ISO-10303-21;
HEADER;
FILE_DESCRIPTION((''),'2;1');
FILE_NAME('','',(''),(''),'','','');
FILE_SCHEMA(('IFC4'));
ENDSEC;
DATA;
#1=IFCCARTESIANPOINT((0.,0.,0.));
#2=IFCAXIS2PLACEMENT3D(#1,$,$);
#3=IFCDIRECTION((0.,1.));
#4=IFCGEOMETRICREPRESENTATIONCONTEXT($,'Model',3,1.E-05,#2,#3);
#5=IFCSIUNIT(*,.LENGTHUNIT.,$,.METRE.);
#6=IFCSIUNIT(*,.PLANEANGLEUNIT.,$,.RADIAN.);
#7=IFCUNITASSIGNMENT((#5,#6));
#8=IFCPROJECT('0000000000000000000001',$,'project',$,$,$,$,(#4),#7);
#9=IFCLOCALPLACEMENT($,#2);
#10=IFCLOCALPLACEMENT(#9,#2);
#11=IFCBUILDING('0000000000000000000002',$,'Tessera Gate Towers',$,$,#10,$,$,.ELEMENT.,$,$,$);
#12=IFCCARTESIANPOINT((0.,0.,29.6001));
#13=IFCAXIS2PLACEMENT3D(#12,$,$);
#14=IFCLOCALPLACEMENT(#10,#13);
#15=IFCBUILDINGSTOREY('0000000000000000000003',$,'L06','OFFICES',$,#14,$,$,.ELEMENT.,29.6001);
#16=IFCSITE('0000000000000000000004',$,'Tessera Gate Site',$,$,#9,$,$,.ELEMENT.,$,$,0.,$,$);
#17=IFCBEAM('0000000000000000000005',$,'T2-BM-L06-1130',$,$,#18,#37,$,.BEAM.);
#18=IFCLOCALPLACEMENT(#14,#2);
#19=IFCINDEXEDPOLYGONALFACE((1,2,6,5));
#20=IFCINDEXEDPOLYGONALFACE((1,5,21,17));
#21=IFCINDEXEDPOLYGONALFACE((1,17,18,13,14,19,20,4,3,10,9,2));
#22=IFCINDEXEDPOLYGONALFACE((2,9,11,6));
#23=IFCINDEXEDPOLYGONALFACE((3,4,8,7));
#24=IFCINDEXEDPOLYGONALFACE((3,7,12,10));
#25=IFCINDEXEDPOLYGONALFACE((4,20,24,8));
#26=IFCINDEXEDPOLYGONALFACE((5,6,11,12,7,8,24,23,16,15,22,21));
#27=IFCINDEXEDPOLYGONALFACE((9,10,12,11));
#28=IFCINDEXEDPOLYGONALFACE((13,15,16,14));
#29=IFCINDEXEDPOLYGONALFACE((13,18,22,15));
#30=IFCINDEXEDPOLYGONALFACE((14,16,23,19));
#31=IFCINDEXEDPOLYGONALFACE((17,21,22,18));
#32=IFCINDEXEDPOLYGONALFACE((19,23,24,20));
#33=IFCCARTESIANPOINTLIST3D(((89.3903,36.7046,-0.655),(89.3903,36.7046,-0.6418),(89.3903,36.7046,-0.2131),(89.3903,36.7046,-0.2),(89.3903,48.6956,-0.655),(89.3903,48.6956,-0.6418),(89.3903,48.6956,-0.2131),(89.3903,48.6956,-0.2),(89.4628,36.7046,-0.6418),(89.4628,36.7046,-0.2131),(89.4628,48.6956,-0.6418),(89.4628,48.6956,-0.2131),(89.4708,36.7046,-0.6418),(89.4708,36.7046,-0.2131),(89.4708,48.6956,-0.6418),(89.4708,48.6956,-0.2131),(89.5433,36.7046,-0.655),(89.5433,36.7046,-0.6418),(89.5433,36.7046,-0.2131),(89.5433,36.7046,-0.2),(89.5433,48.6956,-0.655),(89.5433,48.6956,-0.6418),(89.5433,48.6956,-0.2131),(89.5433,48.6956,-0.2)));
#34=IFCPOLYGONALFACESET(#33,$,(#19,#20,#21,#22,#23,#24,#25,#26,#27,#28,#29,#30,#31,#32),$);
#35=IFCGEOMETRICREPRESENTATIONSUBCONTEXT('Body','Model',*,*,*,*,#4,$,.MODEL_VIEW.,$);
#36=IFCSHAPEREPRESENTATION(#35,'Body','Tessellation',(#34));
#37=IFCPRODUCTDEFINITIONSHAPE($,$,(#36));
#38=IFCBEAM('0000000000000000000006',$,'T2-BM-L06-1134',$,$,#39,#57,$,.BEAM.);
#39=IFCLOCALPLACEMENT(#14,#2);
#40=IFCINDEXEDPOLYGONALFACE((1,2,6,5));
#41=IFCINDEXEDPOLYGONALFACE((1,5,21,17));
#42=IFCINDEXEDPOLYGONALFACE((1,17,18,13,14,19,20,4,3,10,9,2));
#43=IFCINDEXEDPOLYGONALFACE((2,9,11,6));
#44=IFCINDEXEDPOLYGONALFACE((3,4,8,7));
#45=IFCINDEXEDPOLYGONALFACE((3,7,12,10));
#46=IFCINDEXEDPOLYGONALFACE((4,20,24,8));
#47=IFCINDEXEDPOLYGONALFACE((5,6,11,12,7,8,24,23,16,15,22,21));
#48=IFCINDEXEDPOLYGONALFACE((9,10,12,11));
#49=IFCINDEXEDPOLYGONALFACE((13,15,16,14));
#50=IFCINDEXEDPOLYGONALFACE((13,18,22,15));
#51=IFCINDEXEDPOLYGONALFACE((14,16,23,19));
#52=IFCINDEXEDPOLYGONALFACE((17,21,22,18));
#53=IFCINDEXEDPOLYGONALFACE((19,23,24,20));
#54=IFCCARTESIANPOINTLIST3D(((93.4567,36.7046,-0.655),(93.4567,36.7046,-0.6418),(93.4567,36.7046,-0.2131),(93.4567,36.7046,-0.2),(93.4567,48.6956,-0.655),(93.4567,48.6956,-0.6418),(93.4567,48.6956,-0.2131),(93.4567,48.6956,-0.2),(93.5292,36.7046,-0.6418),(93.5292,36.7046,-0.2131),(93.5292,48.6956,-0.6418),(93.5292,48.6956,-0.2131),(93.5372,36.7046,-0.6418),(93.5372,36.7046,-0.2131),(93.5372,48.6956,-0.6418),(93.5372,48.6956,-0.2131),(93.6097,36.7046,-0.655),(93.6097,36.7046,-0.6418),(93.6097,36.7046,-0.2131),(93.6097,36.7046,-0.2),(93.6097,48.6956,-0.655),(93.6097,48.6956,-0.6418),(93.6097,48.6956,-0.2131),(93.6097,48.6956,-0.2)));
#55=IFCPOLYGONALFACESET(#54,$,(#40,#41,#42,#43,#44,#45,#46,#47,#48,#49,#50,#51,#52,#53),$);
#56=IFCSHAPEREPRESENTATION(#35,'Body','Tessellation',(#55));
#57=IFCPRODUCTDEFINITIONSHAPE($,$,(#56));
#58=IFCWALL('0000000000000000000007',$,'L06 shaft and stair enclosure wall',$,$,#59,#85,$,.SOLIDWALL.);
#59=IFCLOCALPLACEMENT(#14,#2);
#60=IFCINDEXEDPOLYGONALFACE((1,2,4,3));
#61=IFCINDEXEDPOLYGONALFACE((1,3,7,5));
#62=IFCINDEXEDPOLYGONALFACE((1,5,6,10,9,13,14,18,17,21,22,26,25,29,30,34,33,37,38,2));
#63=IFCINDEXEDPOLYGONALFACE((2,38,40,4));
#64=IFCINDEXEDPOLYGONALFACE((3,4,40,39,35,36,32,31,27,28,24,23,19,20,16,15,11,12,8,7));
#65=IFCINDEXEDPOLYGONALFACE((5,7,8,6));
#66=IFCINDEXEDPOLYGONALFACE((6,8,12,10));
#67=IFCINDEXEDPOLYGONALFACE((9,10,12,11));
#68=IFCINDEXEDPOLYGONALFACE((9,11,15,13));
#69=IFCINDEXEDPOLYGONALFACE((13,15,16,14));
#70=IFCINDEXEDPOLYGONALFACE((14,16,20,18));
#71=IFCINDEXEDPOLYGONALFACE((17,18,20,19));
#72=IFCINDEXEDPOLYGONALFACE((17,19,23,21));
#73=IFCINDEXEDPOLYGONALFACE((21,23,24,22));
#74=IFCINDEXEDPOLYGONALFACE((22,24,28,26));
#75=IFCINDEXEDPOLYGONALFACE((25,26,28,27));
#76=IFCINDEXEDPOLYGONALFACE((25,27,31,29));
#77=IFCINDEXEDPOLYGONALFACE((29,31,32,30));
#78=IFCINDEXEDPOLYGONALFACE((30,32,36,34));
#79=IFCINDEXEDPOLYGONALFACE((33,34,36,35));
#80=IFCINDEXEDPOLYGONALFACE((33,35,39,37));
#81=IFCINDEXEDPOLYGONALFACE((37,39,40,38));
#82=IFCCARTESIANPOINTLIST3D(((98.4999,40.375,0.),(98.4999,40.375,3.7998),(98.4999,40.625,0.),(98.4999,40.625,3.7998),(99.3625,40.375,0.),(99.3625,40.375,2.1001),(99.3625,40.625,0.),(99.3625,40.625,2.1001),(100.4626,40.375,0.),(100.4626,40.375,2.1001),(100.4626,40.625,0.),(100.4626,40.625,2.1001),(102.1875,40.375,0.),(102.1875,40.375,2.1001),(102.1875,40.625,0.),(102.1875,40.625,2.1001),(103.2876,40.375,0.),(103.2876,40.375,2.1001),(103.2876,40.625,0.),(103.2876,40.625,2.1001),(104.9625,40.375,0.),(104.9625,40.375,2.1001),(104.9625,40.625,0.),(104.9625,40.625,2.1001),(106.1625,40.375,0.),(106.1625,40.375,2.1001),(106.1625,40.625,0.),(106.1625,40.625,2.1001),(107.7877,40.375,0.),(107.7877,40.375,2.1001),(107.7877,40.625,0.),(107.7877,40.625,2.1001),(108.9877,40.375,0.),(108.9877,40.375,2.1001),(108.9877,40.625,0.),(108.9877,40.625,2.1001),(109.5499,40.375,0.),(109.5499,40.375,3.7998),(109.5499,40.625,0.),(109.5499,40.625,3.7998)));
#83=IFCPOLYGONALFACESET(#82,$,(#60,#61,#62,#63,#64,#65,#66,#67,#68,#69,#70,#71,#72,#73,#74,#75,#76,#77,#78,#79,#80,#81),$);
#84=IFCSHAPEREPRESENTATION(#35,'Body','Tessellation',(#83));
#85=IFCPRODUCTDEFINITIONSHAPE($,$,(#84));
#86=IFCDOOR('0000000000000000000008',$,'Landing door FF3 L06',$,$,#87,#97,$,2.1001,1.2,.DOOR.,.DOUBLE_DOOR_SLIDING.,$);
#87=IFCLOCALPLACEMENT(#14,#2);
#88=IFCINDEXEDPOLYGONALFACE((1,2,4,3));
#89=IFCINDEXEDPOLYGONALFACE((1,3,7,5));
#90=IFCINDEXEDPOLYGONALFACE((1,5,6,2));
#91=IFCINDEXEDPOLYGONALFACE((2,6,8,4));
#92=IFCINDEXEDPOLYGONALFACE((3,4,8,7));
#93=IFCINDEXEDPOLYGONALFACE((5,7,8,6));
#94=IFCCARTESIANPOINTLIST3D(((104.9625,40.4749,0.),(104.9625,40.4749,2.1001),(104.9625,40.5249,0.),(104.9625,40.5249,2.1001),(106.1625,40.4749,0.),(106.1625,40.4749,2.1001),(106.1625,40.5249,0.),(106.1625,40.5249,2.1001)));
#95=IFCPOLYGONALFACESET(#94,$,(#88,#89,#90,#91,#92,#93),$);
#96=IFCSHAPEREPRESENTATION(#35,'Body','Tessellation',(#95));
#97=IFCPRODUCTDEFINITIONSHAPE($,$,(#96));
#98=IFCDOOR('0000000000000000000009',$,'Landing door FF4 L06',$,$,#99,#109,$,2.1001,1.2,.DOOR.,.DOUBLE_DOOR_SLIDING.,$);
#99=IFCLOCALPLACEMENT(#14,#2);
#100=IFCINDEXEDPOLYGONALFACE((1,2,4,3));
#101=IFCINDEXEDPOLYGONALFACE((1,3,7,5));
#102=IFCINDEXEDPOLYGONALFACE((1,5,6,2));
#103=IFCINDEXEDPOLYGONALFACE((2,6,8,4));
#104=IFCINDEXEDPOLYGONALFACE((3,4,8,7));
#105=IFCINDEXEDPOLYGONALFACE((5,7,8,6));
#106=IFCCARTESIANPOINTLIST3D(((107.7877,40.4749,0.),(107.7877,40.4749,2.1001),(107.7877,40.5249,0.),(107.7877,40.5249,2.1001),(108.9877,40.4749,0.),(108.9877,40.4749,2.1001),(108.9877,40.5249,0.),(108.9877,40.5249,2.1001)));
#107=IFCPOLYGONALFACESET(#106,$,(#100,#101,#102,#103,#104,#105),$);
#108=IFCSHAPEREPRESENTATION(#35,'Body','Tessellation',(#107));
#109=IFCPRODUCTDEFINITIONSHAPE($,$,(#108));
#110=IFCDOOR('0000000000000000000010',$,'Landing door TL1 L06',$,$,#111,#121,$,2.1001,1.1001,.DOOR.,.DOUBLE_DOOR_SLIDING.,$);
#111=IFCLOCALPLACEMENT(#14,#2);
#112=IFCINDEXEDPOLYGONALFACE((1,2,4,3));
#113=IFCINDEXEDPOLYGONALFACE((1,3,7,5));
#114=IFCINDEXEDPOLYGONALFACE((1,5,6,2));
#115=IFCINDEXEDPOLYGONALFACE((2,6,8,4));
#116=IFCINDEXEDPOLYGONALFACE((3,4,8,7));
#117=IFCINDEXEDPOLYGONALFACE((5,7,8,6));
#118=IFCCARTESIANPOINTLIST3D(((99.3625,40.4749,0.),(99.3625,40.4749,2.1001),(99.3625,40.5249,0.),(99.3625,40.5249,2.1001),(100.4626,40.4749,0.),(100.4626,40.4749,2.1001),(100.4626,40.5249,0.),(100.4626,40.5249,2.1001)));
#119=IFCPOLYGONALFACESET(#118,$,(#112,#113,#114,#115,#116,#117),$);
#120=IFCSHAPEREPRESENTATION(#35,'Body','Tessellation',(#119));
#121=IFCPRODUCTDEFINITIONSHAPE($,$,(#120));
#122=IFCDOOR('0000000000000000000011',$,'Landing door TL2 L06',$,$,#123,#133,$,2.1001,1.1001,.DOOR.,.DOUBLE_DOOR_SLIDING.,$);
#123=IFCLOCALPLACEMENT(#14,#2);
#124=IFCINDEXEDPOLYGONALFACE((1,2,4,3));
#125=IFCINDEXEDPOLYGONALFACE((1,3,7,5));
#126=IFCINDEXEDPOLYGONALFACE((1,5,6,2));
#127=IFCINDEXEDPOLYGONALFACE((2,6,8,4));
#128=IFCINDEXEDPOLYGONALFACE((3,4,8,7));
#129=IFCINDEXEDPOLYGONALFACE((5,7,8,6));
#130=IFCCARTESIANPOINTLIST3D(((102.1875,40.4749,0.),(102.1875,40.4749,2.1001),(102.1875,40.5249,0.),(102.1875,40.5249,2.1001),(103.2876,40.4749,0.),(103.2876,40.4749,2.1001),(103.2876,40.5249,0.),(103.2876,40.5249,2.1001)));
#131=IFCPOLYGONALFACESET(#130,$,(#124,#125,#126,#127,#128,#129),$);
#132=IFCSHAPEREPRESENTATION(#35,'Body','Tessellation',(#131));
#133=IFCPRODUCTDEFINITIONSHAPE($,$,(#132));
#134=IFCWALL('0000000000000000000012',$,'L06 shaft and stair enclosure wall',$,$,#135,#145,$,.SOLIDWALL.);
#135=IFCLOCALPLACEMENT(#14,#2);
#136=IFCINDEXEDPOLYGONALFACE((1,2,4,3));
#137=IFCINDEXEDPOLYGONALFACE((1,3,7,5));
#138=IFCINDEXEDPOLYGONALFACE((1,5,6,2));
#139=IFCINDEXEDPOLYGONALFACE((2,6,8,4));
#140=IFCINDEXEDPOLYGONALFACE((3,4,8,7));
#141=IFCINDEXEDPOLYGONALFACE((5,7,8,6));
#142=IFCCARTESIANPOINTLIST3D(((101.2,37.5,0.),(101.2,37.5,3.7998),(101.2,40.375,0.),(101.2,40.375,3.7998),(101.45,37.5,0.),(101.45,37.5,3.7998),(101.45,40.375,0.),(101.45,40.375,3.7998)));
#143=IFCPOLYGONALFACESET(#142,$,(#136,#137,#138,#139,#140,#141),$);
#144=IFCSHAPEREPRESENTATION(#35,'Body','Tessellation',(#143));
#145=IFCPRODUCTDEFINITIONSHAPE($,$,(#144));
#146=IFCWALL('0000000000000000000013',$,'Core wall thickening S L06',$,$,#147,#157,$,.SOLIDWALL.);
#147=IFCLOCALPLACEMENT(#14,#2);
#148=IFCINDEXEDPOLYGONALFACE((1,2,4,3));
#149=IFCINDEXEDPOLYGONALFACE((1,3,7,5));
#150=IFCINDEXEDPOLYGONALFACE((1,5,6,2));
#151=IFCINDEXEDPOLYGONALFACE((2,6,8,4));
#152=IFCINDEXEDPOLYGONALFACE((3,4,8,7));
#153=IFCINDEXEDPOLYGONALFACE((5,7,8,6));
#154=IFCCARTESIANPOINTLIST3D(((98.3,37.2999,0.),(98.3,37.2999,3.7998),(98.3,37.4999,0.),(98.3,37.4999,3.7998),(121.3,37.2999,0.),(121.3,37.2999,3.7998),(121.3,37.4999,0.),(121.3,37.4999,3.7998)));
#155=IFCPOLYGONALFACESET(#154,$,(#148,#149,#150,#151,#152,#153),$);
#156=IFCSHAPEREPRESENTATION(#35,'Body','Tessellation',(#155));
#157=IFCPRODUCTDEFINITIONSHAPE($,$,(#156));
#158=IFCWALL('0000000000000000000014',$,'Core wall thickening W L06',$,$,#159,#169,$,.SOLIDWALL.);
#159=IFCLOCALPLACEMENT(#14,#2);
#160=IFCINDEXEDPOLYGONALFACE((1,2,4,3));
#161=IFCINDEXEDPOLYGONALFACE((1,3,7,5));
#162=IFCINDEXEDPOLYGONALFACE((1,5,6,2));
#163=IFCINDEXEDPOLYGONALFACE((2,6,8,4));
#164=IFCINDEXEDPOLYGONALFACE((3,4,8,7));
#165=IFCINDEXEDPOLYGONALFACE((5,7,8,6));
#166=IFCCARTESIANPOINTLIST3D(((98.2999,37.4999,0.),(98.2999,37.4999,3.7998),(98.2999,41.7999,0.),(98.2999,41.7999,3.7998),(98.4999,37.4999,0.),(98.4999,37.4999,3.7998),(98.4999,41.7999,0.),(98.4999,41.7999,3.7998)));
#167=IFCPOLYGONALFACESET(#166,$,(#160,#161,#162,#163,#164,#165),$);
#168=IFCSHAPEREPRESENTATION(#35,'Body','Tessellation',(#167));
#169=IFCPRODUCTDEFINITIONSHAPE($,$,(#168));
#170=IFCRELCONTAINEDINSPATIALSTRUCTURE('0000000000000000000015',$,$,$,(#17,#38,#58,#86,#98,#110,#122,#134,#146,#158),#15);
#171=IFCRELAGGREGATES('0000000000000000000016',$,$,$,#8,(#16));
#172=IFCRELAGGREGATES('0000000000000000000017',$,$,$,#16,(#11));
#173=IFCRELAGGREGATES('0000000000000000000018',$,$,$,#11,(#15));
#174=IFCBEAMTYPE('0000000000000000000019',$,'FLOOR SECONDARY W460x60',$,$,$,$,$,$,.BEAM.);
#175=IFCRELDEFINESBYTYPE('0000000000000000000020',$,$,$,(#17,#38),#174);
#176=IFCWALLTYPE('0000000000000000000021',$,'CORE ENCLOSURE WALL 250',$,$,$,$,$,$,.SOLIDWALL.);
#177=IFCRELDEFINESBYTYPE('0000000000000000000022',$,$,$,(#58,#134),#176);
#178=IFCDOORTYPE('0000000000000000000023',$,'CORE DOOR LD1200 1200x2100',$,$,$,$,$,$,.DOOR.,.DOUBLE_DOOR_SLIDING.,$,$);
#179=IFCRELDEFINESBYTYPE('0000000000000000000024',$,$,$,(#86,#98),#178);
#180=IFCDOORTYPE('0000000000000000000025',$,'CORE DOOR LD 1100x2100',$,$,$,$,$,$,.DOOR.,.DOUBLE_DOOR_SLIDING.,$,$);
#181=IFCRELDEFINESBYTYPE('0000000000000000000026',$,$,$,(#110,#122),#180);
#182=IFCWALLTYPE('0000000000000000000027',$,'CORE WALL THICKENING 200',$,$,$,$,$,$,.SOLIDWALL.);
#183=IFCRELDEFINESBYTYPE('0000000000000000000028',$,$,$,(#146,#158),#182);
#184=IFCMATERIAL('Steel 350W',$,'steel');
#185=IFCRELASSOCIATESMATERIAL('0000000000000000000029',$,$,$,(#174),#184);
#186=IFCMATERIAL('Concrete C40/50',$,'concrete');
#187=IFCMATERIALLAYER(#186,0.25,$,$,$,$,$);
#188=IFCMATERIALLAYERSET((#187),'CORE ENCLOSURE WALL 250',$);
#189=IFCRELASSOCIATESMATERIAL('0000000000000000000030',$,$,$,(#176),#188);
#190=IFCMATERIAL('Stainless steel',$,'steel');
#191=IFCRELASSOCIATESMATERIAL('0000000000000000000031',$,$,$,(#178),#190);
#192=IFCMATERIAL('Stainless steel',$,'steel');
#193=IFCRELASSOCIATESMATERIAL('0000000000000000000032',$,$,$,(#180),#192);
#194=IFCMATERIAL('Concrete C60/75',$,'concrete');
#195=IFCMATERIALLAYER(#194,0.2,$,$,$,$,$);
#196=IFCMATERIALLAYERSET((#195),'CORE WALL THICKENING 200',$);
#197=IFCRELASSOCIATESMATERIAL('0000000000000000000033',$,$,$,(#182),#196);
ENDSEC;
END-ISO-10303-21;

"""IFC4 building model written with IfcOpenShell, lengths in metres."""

from ifc_helpers import new_model, si_unit, direction, frame, frame_2d, origin, origin_2d, place, context, subcontext, project, spatial, rectangle, i_section, extrude, source, transform, mapped, material, layer, layer_set, material_profile, profile_set, type_object, element, fill, save


model = new_model("IFC4")

# Units and contexts
model_context = context("Model", 3, precision=1e-05, world=origin(), true_north=direction((0.0, 1.0)))
body_context = subcontext(model_context, "Body", "Model", "MODEL_VIEW")
ifc_project = project(units=[si_unit("LENGTHUNIT", "METRE"), si_unit("PLANEANGLEUNIT", "RADIAN")], contexts=[model_context])

# Site, building, storey
site_placement = place(None, origin())
site = spatial("IfcSite", under=ifc_project, at=site_placement, Name="Tessera Gate Site", CompositionType="ELEMENT", RefElevation=0.0)
building_placement = place(site_placement, origin())
building = spatial("IfcBuilding", under=site, at=building_placement, Name="Tessera Gate Towers", CompositionType="ELEMENT")
storey_placement = place(building_placement, frame((0.0, 0.0, 29.6001)))
storey = spatial("IfcBuildingStorey", under=building, at=storey_placement, Name="L06", Description="OFFICES", CompositionType="ELEMENT", Elevation=29.6001)

# Beams
ifc_material_1 = material(Name="Steel 350W", Category="steel")
ifc_material_profile = material_profile(ifc_material_1, i_section(OverallWidth=0.1531, OverallDepth=0.4551, WebThickness=0.0081, FlangeThickness=0.0132, at=origin_2d()), Name="W460x60")
ifc_profile_set = profile_set([ifc_material_profile], Name="Steel 350W")
beam_type = type_object("IfcBeamType", Name="FLOOR SECONDARY W460x60", PredefinedType="BEAM", material=ifc_profile_set)
for number, where, z_axis, x_axis, name in (
    (1, (89.4668, 36.7046, -0.4275), (0.0, 1.0, 0.0), (-1.0, 0.0, 0.0), "T2-BM-L06-1130"),
    (2, (93.5332, 36.7046, -0.4275), (0.0, 1.0, 0.0), (-1.0, 0.0, 0.0), "T2-BM-L06-1134"),
):
    element("IfcBeam", number, at=place(storey_placement, frame(where, z_axis=z_axis, x_axis=x_axis)), inside=storey, type_object=beam_type, Name=name, PredefinedType="BEAM", context=body_context, shape_type="SweptSolid", body=[
        extrude(i_section(OverallWidth=0.1531, OverallDepth=0.4551, WebThickness=0.0081, FlangeThickness=0.0132, at=origin_2d()), origin(), (0.0, 0.0, 1.0), 11.991),
    ])

# Wall, openings, doors
ifc_material_2 = material(Name="Concrete C40/50", Category="concrete")
ifc_layer_1 = layer(ifc_material_2, 0.25)
ifc_layer_set_1 = layer_set([ifc_layer_1], Name="CORE ENCLOSURE WALL 250")
wall_type_1 = type_object("IfcWallType", Name="CORE ENCLOSURE WALL 250", PredefinedType="SOLIDWALL", material=ifc_layer_set_1)
wall_1_placement = place(storey_placement, frame((98.5, 40.5, 0.0), z_axis=(0.0, 0.0, 1.0), x_axis=(1.0, 0.0, 0.0)))
wall_1 = element("IfcWall", 3, at=wall_1_placement, inside=storey, type_object=wall_type_1, Name="L06 shaft and stair enclosure wall", PredefinedType="SOLIDWALL", context=body_context, shape_type="SweptSolid", body=[
    extrude(rectangle(XDim=11.05, YDim=0.25, at=frame_2d((5.5249, 0.0))), origin(), (0.0, 0.0, 1.0), 3.7998),
])
shared_shape_1 = source(origin(), body_context, "Body", "SweptSolid", [
    extrude(rectangle(XDim=1.1001, YDim=2.1001, at=frame_2d((0.55, 1.05))), frame((0.0, 0.135, 0.0), z_axis=(0.0, -1.0, 0.0), x_axis=(1.0, 0.0, 0.0)), (0.0, 0.0, 1.0), 0.27),
])
opening_1_placement = place(wall_1_placement, frame((0.8625, 0.0, 0.0)))
opening_1 = element("IfcOpeningElement", 4, at=opening_1_placement, cuts=wall_1, PredefinedType="OPENING", context=body_context, shape_type="MappedRepresentation", body=[
    mapped(shared_shape_1, transform((0.0, 0.0, 0.0), scale=1.0)),
])
opening_2_placement = place(wall_1_placement, frame((3.6875, 0.0, 0.0)))
opening_2 = element("IfcOpeningElement", 5, at=opening_2_placement, cuts=wall_1, PredefinedType="OPENING", context=body_context, shape_type="MappedRepresentation", body=[
    mapped(shared_shape_1, transform((0.0, 0.0, 0.0), scale=1.0)),
])
shared_shape_2 = source(origin(), body_context, "Body", "SweptSolid", [
    extrude(rectangle(XDim=1.2, YDim=2.1001, at=frame_2d((0.6001, 1.05))), frame((0.0, 0.135, 0.0), z_axis=(0.0, -1.0, 0.0), x_axis=(1.0, 0.0, 0.0)), (0.0, 0.0, 1.0), 0.27),
])
opening_3_placement = place(wall_1_placement, frame((6.4624, 0.0, 0.0)))
opening_3 = element("IfcOpeningElement", 6, at=opening_3_placement, cuts=wall_1, PredefinedType="OPENING", context=body_context, shape_type="MappedRepresentation", body=[
    mapped(shared_shape_2, transform((0.0, 0.0, 0.0), scale=1.0)),
])
opening_4_placement = place(wall_1_placement, frame((9.2876, 0.0, 0.0)))
opening_4 = element("IfcOpeningElement", 7, at=opening_4_placement, cuts=wall_1, PredefinedType="OPENING", context=body_context, shape_type="MappedRepresentation", body=[
    mapped(shared_shape_2, transform((0.0, 0.0, 0.0), scale=1.0)),
])
ifc_material_3 = material(Name="Stainless steel", Category="steel")
door_type_1 = type_object("IfcDoorType", Name="CORE DOOR LD1200 1200x2100", OperationType="DOUBLE_DOOR_SLIDING", PredefinedType="DOOR", material=ifc_material_3)
shared_shape_3 = source(origin(), body_context, "Body", "SweptSolid", [
    extrude(rectangle(XDim=1.2, YDim=2.1001, at=frame_2d((0.6001, 1.05))), frame((0.0, 0.0249, 0.0), z_axis=(0.0, -1.0, 0.0), x_axis=(1.0, 0.0, 0.0)), (0.0, 0.0, 1.0), 0.05),
])
door_1_placement = place(opening_3_placement, origin())
door_1 = element("IfcDoor", 8, at=door_1_placement, inside=storey, type_object=door_type_1, Name="Landing door FF3 L06", OperationType="DOUBLE_DOOR_SLIDING", OverallHeight=2.1001, OverallWidth=1.2, PredefinedType="DOOR", context=body_context, shape_type="MappedRepresentation", body=[
    mapped(shared_shape_3, transform((0.0, 0.0, 0.0), scale=1.0)),
])
fill(opening_3, door_1)
door_2_placement = place(opening_4_placement, origin())
door_2 = element("IfcDoor", 9, at=door_2_placement, inside=storey, type_object=door_type_1, Name="Landing door FF4 L06", OperationType="DOUBLE_DOOR_SLIDING", OverallHeight=2.1001, OverallWidth=1.2, PredefinedType="DOOR", context=body_context, shape_type="MappedRepresentation", body=[
    mapped(shared_shape_3, transform((0.0, 0.0, 0.0), scale=1.0)),
])
fill(opening_4, door_2)
ifc_material_4 = material(Name="Stainless steel", Category="steel")
door_type_2 = type_object("IfcDoorType", Name="CORE DOOR LD 1100x2100", OperationType="DOUBLE_DOOR_SLIDING", PredefinedType="DOOR", material=ifc_material_4)
shared_shape_4 = source(origin(), body_context, "Body", "SweptSolid", [
    extrude(rectangle(XDim=1.1001, YDim=2.1001, at=frame_2d((0.55, 1.05))), frame((0.0, 0.0249, 0.0), z_axis=(0.0, -1.0, 0.0), x_axis=(1.0, 0.0, 0.0)), (0.0, 0.0, 1.0), 0.05),
])
door_3_placement = place(opening_1_placement, origin())
door_3 = element("IfcDoor", 10, at=door_3_placement, inside=storey, type_object=door_type_2, Name="Landing door TL1 L06", OperationType="DOUBLE_DOOR_SLIDING", OverallHeight=2.1001, OverallWidth=1.1001, PredefinedType="DOOR", context=body_context, shape_type="MappedRepresentation", body=[
    mapped(shared_shape_4, transform((0.0, 0.0, 0.0), scale=1.0)),
])
fill(opening_1, door_3)
door_4_placement = place(opening_2_placement, origin())
door_4 = element("IfcDoor", 11, at=door_4_placement, inside=storey, type_object=door_type_2, Name="Landing door TL2 L06", OperationType="DOUBLE_DOOR_SLIDING", OverallHeight=2.1001, OverallWidth=1.1001, PredefinedType="DOOR", context=body_context, shape_type="MappedRepresentation", body=[
    mapped(shared_shape_4, transform((0.0, 0.0, 0.0), scale=1.0)),
])
fill(opening_2, door_4)

# Wall
wall_2_placement = place(storey_placement, frame((101.325, 37.5, 0.0), z_axis=(0.0, 0.0, 1.0), x_axis=(0.0, 1.0, 0.0)))
element("IfcWall", 12, at=wall_2_placement, inside=storey, type_object=wall_type_1, Name="L06 shaft and stair enclosure wall", PredefinedType="SOLIDWALL", context=body_context, shape_type="SweptSolid", body=[
    extrude(rectangle(XDim=2.875, YDim=0.25, at=frame_2d((1.4375, 0.0))), origin(), (0.0, 0.0, 1.0), 3.7998),
])

# Walls
ifc_material_5 = material(Name="Concrete C60/75", Category="concrete")
ifc_layer_2 = layer(ifc_material_5, 0.2)
ifc_layer_set_2 = layer_set([ifc_layer_2], Name="CORE WALL THICKENING 200")
wall_type_2 = type_object("IfcWallType", Name="CORE WALL THICKENING 200", PredefinedType="SOLIDWALL", material=ifc_layer_set_2)
wall_3_placement = place(storey_placement, frame((98.3, 37.3999, 0.0), z_axis=(0.0, 0.0, 1.0), x_axis=(1.0, 0.0, 0.0)))
element("IfcWall", 13, at=wall_3_placement, inside=storey, type_object=wall_type_2, Name="Core wall thickening S L06", PredefinedType="SOLIDWALL", context=body_context, shape_type="SweptSolid", body=[
    extrude(rectangle(XDim=23.0, YDim=0.2, at=frame_2d((11.5, 0.0))), origin(), (0.0, 0.0, 1.0), 3.7998),
])
wall_4_placement = place(storey_placement, frame((98.3999, 37.5, 0.0), z_axis=(0.0, 0.0, 1.0), x_axis=(0.0, 1.0, 0.0)))
element("IfcWall", 14, at=wall_4_placement, inside=storey, type_object=wall_type_2, Name="Core wall thickening W L06", PredefinedType="SOLIDWALL", context=body_context, shape_type="SweptSolid", body=[
    extrude(rectangle(XDim=4.3, YDim=0.2, at=frame_2d((2.1499, 0.0))), origin(), (0.0, 0.0, 1.0), 3.7998),
])

save(model, "model.ifc")
